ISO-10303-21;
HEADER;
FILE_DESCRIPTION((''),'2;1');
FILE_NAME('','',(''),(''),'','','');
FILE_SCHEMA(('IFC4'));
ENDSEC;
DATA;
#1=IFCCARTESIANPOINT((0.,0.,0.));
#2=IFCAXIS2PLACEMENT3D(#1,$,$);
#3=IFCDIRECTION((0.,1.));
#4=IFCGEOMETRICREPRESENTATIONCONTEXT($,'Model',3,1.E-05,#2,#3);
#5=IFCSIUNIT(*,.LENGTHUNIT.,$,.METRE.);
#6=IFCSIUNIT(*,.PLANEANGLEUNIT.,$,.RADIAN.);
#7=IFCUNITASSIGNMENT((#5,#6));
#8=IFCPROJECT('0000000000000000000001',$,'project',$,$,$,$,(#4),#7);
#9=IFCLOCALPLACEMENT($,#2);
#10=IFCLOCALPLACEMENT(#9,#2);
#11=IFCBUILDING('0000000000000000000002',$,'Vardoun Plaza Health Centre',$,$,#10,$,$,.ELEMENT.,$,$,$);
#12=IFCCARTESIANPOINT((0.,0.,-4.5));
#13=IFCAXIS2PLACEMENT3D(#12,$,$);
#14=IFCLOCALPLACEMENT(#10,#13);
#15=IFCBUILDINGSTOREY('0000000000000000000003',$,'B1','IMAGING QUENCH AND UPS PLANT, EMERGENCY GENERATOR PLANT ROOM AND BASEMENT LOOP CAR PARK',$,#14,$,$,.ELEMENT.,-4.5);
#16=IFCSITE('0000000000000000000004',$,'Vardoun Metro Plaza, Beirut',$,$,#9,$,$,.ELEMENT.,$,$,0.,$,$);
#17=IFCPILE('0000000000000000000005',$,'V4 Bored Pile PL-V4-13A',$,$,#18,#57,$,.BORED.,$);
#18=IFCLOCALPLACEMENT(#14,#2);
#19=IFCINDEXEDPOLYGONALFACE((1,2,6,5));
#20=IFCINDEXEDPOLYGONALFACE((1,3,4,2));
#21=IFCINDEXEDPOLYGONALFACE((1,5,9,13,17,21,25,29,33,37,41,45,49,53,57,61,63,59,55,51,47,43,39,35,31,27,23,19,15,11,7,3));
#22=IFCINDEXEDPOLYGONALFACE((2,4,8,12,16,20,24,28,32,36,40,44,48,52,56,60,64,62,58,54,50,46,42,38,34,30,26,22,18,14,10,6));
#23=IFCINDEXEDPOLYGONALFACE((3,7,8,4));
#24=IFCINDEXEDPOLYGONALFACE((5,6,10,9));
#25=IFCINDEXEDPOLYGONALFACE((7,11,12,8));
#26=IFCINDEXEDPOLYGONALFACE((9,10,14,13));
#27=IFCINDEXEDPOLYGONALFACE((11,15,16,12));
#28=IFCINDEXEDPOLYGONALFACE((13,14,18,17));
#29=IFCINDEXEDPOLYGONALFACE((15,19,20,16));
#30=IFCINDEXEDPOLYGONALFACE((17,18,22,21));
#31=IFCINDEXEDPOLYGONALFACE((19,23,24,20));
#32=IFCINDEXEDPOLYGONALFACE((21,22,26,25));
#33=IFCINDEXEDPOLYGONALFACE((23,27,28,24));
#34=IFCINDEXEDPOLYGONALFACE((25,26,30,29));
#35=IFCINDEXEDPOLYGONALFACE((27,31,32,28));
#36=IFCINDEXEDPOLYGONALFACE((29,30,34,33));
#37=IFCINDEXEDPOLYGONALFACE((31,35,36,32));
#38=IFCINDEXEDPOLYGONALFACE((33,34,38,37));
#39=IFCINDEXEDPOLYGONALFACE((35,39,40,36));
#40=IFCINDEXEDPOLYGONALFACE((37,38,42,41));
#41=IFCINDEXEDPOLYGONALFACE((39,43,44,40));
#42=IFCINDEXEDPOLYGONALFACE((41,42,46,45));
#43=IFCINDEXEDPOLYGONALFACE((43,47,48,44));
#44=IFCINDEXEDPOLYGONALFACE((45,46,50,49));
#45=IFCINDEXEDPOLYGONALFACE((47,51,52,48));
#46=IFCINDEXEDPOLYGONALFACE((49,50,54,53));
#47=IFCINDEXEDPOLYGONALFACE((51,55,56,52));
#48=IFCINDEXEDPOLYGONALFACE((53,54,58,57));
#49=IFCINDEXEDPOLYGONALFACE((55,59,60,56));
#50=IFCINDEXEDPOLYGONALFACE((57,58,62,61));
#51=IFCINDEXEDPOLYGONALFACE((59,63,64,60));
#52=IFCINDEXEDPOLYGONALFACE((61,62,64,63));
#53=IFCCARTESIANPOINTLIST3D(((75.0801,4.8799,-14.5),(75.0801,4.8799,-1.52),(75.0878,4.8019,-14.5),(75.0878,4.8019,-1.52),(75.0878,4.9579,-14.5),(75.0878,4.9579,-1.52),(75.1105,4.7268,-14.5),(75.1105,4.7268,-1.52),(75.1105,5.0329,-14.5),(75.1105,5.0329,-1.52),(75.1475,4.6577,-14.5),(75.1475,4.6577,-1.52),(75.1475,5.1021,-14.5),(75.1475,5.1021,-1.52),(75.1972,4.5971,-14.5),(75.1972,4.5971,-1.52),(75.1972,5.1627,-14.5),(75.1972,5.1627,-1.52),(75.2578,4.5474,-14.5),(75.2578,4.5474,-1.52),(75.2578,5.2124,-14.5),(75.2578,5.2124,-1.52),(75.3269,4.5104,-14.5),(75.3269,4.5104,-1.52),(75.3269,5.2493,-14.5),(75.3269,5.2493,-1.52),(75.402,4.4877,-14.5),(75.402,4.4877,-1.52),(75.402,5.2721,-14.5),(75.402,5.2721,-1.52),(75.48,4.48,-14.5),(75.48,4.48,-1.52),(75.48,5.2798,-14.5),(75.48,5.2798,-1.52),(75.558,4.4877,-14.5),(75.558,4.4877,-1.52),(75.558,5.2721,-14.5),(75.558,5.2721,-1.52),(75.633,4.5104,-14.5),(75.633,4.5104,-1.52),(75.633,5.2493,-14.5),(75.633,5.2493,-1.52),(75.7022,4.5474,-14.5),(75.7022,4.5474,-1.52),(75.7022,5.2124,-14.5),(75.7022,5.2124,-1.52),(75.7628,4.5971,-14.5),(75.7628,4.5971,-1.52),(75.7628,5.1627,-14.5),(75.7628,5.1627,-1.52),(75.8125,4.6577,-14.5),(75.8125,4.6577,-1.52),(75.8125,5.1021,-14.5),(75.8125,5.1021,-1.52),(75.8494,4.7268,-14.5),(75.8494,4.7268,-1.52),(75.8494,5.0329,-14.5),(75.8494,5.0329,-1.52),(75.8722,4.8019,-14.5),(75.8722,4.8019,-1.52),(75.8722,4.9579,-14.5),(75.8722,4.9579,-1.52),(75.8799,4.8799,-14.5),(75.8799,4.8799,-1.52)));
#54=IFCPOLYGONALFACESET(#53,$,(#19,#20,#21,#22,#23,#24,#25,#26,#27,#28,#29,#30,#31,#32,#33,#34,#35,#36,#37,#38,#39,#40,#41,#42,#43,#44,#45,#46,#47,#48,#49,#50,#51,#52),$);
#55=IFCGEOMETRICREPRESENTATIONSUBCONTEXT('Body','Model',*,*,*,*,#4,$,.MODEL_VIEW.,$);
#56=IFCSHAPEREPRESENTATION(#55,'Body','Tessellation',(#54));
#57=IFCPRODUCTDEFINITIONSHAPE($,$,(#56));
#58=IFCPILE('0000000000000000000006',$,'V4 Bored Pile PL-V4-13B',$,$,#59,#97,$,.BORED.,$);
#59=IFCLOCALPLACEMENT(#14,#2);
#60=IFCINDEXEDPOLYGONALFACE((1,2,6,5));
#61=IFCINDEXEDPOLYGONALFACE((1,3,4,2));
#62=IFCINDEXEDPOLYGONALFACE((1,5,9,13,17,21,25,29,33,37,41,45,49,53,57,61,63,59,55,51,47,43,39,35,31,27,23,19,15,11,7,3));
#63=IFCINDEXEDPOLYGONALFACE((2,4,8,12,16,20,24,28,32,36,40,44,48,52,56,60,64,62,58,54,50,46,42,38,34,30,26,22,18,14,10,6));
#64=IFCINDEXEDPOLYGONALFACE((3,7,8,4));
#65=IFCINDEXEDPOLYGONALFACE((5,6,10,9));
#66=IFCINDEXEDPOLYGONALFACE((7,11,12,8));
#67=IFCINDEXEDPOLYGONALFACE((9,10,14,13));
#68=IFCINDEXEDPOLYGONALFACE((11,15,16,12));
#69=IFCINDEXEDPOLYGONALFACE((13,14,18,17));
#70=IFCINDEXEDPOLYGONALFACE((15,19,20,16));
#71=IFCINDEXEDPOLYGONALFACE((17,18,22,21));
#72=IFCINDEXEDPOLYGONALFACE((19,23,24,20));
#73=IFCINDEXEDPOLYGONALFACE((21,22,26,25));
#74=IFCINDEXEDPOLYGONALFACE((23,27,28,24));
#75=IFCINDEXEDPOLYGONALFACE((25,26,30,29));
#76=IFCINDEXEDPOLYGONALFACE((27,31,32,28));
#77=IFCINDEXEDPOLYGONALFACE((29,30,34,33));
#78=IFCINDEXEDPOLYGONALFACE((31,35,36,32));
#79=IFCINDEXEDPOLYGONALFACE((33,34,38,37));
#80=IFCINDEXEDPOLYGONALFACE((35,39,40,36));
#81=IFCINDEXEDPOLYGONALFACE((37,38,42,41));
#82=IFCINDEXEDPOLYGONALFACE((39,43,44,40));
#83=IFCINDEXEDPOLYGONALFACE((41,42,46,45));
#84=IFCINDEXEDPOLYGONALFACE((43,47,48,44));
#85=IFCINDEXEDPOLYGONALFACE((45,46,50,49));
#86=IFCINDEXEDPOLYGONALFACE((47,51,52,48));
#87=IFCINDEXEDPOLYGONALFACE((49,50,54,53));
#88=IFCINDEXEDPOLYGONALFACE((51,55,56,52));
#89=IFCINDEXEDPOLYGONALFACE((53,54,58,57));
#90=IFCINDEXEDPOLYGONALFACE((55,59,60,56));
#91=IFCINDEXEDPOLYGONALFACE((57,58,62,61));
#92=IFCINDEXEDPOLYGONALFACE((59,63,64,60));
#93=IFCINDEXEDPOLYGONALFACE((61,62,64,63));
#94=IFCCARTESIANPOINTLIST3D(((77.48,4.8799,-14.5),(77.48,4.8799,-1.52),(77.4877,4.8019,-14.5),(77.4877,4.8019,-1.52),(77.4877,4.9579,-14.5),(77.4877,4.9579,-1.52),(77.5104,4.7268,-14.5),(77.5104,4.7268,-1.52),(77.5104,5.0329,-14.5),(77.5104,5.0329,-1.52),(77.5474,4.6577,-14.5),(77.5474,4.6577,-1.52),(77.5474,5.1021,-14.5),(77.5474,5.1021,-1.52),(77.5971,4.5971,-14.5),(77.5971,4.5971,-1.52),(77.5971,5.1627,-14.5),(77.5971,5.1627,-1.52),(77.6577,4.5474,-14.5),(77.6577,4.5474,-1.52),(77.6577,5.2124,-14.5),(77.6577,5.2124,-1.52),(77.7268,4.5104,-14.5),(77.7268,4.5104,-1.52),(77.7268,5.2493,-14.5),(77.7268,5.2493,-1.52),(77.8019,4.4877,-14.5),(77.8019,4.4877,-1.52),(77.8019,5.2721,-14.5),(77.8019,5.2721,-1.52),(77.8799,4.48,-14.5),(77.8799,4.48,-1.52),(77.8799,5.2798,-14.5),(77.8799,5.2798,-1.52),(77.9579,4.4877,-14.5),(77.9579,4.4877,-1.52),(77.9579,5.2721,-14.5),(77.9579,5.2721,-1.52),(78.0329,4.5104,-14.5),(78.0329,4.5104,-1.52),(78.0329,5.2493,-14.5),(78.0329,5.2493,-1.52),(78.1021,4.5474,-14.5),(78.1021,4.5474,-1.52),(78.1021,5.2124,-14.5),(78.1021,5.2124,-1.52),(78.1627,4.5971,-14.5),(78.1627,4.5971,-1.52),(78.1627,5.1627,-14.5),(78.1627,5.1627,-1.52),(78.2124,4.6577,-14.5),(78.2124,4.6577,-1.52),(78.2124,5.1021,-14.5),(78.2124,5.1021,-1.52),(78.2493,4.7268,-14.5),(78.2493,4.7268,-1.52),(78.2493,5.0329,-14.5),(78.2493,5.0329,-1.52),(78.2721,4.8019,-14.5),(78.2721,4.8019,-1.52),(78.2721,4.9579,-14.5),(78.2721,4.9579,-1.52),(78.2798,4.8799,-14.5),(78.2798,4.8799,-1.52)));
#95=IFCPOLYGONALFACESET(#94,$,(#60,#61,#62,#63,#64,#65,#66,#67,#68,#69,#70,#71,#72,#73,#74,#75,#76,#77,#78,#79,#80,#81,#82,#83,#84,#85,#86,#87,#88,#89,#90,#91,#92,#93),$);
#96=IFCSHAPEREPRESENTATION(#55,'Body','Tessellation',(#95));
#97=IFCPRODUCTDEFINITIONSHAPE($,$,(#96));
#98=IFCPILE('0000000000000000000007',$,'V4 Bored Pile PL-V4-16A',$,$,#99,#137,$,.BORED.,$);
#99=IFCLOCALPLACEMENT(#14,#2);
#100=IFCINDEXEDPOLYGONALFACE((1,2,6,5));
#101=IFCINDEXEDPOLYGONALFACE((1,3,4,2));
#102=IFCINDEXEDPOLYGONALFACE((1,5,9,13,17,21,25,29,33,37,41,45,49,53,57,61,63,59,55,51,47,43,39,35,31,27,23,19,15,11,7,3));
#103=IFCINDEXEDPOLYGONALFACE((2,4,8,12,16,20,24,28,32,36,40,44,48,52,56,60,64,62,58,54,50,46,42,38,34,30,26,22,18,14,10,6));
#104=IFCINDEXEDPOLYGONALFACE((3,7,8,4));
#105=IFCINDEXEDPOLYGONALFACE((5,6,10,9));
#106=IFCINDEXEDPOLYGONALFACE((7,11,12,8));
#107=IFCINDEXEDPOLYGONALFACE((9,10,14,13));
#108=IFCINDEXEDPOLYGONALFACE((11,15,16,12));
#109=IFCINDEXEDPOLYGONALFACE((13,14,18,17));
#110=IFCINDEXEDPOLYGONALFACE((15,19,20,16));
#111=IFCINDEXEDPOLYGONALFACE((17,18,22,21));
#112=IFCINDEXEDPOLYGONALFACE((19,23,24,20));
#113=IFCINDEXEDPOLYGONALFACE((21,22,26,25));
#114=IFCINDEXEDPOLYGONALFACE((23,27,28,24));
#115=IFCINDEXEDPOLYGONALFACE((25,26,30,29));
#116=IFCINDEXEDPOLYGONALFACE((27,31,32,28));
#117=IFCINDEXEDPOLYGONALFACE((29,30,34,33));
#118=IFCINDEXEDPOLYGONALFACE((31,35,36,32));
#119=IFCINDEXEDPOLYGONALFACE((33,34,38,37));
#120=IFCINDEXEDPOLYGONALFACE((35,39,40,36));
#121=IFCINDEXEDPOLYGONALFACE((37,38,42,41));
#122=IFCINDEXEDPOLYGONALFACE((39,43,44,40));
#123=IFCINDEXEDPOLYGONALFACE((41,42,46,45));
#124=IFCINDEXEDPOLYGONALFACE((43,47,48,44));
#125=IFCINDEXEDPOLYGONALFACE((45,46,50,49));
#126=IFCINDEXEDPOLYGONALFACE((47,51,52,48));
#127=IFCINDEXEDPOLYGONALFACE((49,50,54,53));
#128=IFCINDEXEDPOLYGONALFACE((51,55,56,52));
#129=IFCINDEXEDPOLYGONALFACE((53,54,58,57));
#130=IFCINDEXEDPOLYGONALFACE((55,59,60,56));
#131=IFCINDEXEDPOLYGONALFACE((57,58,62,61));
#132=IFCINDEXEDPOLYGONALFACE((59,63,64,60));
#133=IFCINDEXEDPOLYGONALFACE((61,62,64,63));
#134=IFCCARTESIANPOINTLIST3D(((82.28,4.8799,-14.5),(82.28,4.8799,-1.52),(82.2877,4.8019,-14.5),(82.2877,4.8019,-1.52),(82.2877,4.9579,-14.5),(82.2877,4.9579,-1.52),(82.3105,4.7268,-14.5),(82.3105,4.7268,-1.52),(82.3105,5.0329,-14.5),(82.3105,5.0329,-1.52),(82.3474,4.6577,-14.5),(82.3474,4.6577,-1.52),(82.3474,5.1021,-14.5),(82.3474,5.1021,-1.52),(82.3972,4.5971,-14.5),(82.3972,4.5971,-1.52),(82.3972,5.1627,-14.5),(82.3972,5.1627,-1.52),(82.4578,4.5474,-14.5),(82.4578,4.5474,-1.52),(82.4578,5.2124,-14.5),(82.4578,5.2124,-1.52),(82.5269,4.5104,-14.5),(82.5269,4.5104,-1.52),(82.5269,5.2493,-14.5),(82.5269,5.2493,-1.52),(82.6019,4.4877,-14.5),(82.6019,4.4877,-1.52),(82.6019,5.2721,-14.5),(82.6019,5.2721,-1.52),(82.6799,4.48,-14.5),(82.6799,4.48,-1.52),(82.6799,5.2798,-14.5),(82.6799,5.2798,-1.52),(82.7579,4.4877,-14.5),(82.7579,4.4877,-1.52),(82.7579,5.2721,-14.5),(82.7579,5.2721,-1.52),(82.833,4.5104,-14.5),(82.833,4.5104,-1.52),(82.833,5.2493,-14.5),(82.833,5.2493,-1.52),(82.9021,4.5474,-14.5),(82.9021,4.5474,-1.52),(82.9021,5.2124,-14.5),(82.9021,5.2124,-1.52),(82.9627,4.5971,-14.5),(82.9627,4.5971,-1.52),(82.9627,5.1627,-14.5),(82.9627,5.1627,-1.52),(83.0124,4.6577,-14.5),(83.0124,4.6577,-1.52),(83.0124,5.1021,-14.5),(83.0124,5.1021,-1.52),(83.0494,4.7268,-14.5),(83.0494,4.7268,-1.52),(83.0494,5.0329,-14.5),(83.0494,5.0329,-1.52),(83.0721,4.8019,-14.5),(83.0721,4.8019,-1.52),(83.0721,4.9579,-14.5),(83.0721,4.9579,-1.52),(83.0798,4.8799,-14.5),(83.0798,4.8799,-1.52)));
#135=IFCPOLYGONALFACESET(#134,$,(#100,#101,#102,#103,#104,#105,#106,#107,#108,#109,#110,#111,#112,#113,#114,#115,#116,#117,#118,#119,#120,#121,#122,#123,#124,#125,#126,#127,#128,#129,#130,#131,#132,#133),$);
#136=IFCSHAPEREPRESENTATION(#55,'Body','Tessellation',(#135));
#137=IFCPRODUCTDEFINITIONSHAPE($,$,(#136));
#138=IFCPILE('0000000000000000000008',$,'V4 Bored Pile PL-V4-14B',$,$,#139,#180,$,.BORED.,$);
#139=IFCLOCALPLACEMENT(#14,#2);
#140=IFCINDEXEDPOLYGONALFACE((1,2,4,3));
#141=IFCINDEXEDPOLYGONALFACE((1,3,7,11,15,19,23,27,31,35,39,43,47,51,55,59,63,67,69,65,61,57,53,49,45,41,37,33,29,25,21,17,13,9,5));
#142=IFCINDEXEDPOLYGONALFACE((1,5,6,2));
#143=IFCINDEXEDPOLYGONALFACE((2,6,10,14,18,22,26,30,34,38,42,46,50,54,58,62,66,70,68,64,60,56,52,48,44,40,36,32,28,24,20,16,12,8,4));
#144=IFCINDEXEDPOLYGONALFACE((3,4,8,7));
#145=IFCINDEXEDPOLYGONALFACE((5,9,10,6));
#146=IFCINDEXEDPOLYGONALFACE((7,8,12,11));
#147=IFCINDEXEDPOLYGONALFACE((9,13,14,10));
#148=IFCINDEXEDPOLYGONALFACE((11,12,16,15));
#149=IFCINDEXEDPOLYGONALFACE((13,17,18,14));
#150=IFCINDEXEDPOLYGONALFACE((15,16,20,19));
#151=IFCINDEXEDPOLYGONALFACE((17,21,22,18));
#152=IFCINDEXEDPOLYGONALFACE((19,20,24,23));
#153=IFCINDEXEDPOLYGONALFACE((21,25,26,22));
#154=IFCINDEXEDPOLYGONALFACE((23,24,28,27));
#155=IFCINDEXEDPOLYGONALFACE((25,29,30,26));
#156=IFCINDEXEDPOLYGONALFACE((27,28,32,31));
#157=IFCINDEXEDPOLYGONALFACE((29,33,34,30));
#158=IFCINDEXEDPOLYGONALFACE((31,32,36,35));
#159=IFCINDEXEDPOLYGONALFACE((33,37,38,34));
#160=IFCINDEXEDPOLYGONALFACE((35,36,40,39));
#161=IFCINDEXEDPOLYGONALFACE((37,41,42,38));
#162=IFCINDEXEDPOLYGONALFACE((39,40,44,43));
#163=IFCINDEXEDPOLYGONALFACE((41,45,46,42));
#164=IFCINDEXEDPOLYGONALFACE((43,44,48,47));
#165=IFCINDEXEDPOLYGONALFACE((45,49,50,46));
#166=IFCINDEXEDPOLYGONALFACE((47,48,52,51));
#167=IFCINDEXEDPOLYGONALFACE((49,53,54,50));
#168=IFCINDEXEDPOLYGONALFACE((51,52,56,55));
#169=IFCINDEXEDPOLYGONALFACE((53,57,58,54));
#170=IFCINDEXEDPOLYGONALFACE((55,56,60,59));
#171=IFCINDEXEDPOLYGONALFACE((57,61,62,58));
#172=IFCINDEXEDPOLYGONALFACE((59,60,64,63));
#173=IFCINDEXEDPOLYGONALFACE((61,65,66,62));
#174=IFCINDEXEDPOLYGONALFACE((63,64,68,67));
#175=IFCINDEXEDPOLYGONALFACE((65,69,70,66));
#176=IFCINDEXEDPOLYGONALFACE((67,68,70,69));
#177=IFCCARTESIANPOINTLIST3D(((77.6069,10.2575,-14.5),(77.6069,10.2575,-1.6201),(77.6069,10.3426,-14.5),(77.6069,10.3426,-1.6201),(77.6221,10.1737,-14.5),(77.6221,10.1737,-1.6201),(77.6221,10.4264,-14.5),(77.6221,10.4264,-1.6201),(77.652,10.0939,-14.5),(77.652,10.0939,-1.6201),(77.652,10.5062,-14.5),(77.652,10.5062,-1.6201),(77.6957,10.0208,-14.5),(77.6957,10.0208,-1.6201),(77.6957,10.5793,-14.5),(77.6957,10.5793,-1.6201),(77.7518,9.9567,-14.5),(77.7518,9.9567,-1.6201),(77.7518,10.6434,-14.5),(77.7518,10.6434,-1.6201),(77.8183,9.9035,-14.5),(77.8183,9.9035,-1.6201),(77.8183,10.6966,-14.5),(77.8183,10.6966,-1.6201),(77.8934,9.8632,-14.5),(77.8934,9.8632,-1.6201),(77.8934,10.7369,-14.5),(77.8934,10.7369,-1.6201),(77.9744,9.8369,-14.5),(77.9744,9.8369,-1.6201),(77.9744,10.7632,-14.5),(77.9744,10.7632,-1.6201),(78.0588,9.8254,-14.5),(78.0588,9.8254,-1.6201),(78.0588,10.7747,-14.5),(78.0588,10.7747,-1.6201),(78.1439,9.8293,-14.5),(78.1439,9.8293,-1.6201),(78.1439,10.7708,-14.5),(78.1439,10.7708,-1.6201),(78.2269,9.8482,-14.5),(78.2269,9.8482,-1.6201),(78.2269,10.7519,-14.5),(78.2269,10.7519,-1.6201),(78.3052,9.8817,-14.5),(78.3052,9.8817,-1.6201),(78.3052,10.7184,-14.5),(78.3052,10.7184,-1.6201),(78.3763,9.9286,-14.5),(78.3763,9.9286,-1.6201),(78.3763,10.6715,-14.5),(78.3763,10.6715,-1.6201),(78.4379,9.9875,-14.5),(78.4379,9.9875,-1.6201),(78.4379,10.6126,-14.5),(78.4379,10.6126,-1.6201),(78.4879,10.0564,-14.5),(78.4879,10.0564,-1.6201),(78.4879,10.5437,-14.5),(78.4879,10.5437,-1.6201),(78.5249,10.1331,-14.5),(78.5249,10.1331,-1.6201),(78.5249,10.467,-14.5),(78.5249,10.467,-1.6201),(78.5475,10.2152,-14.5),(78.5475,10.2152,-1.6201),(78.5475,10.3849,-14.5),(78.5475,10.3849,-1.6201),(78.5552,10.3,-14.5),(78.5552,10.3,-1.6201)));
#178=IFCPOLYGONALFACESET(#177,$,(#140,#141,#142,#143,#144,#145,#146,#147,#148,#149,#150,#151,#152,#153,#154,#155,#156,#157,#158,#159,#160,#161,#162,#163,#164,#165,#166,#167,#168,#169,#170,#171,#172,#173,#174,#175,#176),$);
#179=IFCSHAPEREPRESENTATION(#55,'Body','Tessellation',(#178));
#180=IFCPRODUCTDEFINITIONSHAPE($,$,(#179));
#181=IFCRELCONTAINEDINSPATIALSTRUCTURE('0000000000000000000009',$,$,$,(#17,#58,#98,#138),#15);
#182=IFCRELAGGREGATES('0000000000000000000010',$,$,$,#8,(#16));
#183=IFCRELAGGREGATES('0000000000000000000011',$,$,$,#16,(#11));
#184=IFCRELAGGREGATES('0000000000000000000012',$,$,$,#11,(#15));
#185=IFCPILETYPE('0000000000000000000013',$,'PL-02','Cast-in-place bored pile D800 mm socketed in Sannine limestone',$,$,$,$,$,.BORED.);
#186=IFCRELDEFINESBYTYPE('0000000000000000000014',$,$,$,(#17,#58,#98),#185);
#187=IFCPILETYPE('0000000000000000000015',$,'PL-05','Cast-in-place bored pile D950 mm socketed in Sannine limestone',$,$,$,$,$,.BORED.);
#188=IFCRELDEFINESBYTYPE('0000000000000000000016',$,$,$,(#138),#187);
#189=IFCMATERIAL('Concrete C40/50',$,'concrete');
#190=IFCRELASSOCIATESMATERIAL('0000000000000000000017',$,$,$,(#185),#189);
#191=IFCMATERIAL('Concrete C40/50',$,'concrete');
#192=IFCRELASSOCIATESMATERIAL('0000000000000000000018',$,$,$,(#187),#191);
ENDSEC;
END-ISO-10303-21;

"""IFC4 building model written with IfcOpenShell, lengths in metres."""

from ifc_helpers import new_model, si_unit, direction, frame, origin, origin_2d, place, context, subcontext, project, spatial, circle, extrude, material, material_profile, profile_set, type_object, element, save


model = new_model("IFC4")

# Units and contexts
model_context = context("Model", 3, precision=1e-05, world=origin(), true_north=direction((0.0, 1.0)))
body_context = subcontext(model_context, "Body", "Model", "MODEL_VIEW")
ifc_project = project(units=[si_unit("LENGTHUNIT", "METRE"), si_unit("PLANEANGLEUNIT", "RADIAN")], contexts=[model_context])

# Site, building, storey
site_placement = place(None, origin())
site = spatial("IfcSite", under=ifc_project, at=site_placement, Name="Vardoun Metro Plaza, Beirut", CompositionType="ELEMENT", RefElevation=0.0)
building_placement = place(site_placement, origin())
building = spatial("IfcBuilding", under=site, at=building_placement, Name="Vardoun Plaza Health Centre", CompositionType="ELEMENT")
storey_placement = place(building_placement, frame((0.0, 0.0, -4.5)))
storey = spatial("IfcBuildingStorey", under=building, at=storey_placement, Name="B1", Description="IMAGING QUENCH AND UPS PLANT, EMERGENCY GENERATOR PLANT ROOM AND BASEMENT LOOP CAR PARK", CompositionType="ELEMENT", Elevation=-4.5)

# Piles
ifc_material_1 = material(Name="Concrete C40/50", Category="concrete")
ifc_material_profile_1 = material_profile(ifc_material_1, circle(Radius=0.3999, at=origin_2d()), Name="PILE D800")
ifc_profile_set_1 = profile_set([ifc_material_profile_1], Name="Concrete C40/50")
pile_type_1 = type_object("IfcPileType", Name="PL-02", Description="Cast-in-place bored pile D800 mm socketed in Sannine limestone", PredefinedType="BORED", material=ifc_profile_set_1)
for number, where, z_axis, x_axis, name in (
    (1, (75.48, 4.8799, -1.52), (0.0, 0.0, -1.0), (1.0, 0.0, 0.0), "V4 Bored Pile PL-V4-13A"),
    (2, (77.8799, 4.8799, -1.52), (0.0, 0.0, -1.0), (1.0, 0.0, 0.0), "V4 Bored Pile PL-V4-13B"),
    (3, (82.6799, 4.8799, -1.52), (0.0, 0.0, -1.0), (1.0, 0.0, 0.0), "V4 Bored Pile PL-V4-16A"),
):
    element("IfcPile", number, at=place(storey_placement, frame(where, z_axis=z_axis, x_axis=x_axis)), inside=storey, type_object=pile_type_1, Name=name, PredefinedType="BORED", context=body_context, shape_type="SweptSolid", body=[
        extrude(circle(Radius=0.3999, at=origin_2d()), origin(), (0.0, 0.0, 1.0), 12.98),
    ])
ifc_material_2 = material(Name="Concrete C40/50", Category="concrete")
ifc_material_profile_2 = material_profile(ifc_material_2, circle(Radius=0.4751, at=origin_2d()), Name="PILE D950")
ifc_profile_set_2 = profile_set([ifc_material_profile_2], Name="Concrete C40/50")
pile_type_2 = type_object("IfcPileType", Name="PL-05", Description="Cast-in-place bored pile D950 mm socketed in Sannine limestone", PredefinedType="BORED", material=ifc_profile_set_2)
for number, where, z_axis, x_axis, name in (
    (4, (78.0801, 10.3, -1.6201), (0.0, 0.0, -1.0), (1.0, 0.0, 0.0), "V4 Bored Pile PL-V4-14B"),
):
    element("IfcPile", number, at=place(storey_placement, frame(where, z_axis=z_axis, x_axis=x_axis)), inside=storey, type_object=pile_type_2, Name=name, PredefinedType="BORED", context=body_context, shape_type="SweptSolid", body=[
        extrude(circle(Radius=0.4751, at=origin_2d()), origin(), (0.0, 0.0, 1.0), 12.8799),
    ])

save(model, "model.ifc")
